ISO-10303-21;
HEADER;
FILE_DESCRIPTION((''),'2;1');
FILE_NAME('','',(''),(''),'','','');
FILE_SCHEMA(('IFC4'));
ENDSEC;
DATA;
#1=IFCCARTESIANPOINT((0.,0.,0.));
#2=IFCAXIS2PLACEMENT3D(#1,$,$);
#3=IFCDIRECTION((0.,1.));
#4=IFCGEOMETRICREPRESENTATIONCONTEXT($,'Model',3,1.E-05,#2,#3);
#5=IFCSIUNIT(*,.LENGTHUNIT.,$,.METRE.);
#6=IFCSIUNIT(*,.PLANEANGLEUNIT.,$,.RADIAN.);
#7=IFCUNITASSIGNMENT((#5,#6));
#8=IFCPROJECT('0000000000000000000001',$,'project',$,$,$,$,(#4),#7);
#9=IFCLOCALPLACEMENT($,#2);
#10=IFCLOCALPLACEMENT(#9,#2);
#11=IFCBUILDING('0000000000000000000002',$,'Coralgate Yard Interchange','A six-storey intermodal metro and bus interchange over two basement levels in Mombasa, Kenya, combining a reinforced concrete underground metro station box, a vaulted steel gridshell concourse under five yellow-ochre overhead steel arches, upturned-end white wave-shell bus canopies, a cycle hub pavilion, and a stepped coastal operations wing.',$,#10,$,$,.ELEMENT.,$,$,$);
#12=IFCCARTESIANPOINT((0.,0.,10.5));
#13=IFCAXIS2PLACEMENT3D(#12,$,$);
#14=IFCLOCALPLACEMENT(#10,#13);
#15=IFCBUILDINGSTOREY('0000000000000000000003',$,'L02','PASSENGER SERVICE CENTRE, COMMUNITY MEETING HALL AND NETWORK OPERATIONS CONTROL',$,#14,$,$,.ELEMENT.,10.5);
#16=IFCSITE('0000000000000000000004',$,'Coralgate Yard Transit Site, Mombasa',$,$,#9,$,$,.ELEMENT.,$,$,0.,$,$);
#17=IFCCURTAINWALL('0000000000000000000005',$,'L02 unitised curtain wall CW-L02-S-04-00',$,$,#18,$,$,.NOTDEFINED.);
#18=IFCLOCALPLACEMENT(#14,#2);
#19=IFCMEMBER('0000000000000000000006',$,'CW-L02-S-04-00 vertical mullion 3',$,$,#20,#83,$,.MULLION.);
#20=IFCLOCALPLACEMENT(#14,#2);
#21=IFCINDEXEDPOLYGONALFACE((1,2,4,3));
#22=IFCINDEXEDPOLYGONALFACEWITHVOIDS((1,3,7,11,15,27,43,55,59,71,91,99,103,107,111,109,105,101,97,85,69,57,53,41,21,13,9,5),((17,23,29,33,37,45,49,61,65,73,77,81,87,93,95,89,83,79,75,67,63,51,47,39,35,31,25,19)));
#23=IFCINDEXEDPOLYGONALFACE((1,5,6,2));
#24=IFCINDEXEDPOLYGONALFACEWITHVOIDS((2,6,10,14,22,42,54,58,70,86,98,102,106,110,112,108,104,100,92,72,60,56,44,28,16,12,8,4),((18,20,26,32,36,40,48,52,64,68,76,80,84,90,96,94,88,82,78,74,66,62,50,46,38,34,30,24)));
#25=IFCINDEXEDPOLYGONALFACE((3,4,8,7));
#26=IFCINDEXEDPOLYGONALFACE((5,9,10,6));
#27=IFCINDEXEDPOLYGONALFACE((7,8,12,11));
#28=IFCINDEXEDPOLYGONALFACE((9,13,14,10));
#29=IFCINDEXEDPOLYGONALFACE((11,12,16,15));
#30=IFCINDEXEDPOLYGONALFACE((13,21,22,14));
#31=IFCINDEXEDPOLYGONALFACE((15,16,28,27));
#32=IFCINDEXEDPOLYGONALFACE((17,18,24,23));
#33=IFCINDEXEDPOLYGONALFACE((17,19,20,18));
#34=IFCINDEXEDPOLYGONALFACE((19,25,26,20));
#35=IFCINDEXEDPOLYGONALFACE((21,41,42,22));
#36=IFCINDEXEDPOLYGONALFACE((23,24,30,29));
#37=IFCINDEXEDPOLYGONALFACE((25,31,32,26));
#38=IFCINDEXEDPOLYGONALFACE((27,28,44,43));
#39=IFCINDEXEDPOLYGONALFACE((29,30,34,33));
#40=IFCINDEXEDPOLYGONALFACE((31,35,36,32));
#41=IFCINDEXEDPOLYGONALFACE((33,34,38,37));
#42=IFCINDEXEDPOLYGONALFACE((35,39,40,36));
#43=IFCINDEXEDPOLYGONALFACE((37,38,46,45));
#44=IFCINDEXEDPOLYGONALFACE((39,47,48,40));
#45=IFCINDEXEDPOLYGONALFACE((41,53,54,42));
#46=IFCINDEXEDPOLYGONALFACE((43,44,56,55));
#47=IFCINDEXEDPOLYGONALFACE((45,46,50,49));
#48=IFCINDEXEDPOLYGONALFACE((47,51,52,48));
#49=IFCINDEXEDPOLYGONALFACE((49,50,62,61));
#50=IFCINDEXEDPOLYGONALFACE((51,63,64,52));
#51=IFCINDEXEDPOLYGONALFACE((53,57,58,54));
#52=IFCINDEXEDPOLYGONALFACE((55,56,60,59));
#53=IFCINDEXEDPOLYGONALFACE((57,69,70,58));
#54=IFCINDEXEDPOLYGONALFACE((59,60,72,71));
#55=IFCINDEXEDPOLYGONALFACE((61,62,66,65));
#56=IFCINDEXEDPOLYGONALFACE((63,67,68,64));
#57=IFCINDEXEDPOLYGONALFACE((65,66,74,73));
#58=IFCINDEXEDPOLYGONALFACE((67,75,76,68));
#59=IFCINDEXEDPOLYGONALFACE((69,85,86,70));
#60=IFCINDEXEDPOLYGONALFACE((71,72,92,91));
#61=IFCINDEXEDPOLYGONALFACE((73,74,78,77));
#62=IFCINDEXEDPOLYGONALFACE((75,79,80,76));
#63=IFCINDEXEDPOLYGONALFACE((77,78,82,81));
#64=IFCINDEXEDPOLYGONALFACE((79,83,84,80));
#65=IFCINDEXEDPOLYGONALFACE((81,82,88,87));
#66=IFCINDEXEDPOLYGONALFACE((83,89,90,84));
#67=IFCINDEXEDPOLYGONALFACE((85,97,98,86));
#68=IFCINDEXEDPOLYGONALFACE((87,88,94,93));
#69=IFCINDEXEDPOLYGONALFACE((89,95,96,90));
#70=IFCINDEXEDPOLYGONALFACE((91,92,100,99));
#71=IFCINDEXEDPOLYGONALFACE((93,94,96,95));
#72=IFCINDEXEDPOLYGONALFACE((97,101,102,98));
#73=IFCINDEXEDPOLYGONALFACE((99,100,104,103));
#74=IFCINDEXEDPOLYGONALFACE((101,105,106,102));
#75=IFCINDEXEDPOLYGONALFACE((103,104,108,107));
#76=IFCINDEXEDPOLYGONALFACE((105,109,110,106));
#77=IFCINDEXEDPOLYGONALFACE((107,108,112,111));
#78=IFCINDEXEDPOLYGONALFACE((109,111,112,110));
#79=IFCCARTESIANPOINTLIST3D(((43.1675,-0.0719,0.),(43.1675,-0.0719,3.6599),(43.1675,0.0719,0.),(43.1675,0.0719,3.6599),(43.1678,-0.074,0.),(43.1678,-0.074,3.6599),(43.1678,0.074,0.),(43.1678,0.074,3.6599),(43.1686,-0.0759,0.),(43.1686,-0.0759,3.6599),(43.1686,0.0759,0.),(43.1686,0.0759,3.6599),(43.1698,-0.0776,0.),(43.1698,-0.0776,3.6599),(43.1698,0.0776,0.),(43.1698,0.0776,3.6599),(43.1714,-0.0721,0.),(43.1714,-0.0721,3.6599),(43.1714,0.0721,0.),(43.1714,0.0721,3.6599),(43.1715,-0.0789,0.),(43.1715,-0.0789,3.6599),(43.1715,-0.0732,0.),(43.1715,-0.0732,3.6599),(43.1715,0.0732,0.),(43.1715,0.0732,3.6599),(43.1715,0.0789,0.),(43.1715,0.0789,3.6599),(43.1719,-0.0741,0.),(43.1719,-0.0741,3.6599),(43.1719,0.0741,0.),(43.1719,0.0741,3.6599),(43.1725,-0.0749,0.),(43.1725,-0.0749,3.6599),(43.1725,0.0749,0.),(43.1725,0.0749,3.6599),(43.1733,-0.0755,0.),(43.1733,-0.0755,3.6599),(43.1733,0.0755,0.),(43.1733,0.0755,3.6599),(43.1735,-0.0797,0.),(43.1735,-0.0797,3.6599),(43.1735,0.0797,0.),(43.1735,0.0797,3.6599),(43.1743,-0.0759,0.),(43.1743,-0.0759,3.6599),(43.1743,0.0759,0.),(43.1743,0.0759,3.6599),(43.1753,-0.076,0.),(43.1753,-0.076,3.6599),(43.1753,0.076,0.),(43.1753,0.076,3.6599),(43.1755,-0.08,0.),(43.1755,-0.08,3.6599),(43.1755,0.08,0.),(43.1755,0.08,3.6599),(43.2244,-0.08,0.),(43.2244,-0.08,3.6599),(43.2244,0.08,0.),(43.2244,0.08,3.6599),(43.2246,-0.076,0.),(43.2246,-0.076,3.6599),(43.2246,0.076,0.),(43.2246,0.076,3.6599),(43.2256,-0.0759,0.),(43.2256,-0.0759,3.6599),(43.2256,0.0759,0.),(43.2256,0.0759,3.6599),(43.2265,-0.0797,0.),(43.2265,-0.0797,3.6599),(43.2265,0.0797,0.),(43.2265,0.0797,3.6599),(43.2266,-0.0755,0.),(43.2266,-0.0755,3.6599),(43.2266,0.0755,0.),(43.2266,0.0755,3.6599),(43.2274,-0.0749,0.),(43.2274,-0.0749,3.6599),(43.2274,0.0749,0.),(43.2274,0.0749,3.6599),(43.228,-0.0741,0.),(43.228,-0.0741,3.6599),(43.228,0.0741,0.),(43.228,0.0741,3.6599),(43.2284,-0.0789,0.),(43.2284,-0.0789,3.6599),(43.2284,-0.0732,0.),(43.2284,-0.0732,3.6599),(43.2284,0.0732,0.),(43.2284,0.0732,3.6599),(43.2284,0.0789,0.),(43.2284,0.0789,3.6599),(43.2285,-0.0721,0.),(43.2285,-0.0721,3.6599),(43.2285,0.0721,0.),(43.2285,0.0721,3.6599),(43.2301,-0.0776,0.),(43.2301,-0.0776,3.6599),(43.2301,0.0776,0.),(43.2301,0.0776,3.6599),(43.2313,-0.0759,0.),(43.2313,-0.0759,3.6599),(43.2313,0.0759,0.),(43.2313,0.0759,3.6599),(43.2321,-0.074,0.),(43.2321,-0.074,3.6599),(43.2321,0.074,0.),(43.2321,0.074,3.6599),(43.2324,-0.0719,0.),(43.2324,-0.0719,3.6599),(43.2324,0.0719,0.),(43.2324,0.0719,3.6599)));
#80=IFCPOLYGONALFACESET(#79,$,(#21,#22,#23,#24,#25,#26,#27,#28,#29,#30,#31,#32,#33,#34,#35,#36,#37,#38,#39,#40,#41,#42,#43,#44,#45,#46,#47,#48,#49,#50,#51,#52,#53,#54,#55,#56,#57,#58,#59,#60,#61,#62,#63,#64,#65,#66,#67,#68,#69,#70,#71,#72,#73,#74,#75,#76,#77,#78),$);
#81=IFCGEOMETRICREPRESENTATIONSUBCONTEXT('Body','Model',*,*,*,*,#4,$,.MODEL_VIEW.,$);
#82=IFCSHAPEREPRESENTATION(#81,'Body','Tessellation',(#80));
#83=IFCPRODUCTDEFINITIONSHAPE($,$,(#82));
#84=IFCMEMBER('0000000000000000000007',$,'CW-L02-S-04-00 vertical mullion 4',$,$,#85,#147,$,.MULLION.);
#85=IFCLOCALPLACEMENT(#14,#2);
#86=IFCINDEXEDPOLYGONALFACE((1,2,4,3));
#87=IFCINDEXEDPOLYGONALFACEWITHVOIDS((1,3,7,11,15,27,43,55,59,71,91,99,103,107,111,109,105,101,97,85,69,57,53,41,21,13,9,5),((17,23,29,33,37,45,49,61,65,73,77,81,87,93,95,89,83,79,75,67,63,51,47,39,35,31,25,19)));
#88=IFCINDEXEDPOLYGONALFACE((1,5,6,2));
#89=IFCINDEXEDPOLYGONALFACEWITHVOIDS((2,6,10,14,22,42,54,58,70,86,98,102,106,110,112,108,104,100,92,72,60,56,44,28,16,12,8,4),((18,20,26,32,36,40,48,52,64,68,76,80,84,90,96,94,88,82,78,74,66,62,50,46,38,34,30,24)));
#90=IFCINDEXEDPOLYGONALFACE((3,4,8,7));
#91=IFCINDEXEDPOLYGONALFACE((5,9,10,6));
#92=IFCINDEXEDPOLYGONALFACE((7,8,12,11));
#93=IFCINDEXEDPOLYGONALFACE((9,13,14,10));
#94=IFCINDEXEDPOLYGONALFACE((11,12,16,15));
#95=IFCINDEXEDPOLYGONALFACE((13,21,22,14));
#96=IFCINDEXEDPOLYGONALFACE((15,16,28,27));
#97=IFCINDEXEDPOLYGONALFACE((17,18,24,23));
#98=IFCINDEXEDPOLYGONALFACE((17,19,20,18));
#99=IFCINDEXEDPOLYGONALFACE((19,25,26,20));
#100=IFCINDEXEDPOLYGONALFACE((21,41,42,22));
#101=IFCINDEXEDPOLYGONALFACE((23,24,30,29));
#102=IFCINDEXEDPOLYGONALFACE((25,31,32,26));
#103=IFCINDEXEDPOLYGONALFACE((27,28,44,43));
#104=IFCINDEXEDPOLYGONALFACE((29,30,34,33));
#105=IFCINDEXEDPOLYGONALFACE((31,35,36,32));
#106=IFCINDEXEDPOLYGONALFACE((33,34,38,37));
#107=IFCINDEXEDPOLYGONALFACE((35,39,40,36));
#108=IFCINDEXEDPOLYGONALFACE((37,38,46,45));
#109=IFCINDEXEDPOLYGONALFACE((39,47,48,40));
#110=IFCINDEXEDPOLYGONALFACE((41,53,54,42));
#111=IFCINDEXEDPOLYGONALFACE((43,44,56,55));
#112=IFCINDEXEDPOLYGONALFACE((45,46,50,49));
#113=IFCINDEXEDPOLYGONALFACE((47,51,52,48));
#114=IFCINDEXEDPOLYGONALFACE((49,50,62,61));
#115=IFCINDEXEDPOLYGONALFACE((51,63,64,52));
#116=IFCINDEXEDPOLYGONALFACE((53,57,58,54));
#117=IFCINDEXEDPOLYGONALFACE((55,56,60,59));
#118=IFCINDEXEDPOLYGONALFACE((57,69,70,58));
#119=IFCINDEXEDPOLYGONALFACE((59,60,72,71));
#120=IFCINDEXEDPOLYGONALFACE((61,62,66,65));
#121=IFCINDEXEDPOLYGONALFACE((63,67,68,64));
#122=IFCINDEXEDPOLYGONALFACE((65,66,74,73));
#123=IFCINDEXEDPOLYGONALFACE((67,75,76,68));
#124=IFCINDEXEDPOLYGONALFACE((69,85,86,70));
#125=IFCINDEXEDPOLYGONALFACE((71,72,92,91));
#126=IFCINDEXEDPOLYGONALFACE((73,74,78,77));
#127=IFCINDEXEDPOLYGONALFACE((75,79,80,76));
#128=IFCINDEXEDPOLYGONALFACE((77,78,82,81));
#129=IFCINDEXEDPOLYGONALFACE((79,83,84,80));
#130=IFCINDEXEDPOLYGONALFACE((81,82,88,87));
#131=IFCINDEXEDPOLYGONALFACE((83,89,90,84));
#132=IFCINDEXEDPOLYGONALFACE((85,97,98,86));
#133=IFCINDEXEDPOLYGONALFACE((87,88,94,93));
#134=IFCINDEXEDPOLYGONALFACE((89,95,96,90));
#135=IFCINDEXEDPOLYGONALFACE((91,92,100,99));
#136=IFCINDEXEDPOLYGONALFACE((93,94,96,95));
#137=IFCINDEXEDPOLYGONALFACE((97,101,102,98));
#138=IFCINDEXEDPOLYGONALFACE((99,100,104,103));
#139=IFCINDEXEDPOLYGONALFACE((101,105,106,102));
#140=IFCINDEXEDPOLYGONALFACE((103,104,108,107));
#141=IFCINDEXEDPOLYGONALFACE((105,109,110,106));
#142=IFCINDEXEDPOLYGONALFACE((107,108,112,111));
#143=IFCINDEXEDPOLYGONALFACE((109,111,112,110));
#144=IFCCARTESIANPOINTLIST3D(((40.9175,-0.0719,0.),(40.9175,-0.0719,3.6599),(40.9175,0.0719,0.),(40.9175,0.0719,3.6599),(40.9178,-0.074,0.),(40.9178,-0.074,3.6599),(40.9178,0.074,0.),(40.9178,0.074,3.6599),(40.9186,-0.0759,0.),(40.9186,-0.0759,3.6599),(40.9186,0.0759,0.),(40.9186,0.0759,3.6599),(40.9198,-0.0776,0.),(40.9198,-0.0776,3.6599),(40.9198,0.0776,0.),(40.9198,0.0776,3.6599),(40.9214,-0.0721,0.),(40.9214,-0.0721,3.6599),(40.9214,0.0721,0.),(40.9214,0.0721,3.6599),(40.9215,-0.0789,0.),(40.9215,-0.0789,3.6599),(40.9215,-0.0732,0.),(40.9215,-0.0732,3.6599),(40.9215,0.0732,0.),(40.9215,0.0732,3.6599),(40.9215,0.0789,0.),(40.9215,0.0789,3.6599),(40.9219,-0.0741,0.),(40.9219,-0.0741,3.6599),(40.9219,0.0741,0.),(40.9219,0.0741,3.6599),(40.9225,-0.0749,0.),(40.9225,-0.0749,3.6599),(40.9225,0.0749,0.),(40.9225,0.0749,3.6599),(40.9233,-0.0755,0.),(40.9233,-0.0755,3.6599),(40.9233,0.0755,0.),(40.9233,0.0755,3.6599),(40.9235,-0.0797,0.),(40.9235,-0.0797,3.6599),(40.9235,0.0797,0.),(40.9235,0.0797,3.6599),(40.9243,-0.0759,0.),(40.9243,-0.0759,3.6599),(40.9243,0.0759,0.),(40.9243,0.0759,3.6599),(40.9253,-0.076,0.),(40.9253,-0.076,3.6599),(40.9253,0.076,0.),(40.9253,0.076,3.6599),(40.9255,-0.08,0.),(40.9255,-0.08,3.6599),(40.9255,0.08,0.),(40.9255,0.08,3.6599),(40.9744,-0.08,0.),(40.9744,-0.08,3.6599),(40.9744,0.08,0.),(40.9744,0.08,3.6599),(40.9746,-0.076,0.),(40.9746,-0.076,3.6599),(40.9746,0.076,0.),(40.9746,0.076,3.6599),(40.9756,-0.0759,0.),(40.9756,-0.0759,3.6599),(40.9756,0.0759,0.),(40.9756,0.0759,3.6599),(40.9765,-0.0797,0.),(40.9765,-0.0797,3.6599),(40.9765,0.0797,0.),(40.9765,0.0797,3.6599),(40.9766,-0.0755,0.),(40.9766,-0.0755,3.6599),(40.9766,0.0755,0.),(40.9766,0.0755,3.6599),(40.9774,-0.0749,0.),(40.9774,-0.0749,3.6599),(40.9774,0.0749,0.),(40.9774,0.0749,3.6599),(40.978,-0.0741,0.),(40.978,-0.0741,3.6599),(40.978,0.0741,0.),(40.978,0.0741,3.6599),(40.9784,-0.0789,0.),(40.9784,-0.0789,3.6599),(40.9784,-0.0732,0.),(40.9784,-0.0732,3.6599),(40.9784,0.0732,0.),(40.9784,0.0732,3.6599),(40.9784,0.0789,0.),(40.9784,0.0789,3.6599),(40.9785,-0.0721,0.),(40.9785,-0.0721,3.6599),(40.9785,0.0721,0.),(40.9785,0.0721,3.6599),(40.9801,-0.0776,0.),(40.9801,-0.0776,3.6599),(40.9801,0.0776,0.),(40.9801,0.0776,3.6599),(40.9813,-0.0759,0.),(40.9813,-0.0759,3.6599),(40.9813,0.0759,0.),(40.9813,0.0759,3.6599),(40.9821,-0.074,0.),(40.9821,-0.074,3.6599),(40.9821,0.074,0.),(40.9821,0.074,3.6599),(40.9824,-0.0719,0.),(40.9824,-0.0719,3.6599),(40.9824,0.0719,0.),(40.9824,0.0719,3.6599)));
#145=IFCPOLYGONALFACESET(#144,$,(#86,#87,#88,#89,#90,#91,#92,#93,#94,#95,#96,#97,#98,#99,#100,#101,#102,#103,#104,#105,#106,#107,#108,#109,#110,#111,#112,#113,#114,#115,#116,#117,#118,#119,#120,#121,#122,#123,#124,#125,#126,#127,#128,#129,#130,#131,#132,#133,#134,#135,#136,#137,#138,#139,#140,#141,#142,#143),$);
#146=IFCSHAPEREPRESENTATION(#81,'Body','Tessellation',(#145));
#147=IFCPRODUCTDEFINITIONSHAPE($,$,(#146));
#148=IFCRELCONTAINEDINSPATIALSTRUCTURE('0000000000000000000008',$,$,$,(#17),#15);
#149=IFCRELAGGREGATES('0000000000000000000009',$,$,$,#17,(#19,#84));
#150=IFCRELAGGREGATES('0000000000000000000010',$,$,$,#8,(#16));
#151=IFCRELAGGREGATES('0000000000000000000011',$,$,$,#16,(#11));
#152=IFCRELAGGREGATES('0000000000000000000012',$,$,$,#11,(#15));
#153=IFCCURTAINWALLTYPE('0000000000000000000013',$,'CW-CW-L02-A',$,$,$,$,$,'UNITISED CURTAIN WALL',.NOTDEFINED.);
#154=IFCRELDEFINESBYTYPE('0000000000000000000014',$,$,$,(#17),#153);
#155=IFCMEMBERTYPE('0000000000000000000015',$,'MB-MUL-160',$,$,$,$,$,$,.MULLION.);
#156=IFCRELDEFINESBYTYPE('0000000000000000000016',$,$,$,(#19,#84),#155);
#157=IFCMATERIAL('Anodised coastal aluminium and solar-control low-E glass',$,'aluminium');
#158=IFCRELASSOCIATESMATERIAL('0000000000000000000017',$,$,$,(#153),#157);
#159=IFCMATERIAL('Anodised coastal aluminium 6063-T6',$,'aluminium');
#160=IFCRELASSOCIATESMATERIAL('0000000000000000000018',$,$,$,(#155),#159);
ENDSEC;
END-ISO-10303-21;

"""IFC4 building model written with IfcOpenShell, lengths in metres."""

from ifc_helpers import new_model, si_unit, direction, frame, origin, origin_2d, place, context, subcontext, project, spatial, hollow_rectangle, extrude, material, material_profile, profile_set, type_object, element, aggregate, save


model = new_model("IFC4")

# Units and contexts
model_context = context("Model", 3, precision=1e-05, world=origin(), true_north=direction((0.0, 1.0)))
body_context = subcontext(model_context, "Body", "Model", "MODEL_VIEW")
ifc_project = project(units=[si_unit("LENGTHUNIT", "METRE"), si_unit("PLANEANGLEUNIT", "RADIAN")], contexts=[model_context])

# Site, building, storey
site_placement = place(None, origin())
site = spatial("IfcSite", under=ifc_project, at=site_placement, Name="Coralgate Yard Transit Site, Mombasa", CompositionType="ELEMENT", RefElevation=0.0)
building_placement = place(site_placement, origin())
building = spatial("IfcBuilding", under=site, at=building_placement, Name="Coralgate Yard Interchange", Description="A six-storey intermodal metro and bus interchange over two basement levels in Mombasa, Kenya, combining a reinforced concrete underground metro station box, a vaulted steel gridshell concourse under five yellow-ochre overhead steel arches, upturned-end white wave-shell bus canopies, a cycle hub pavilion, and a stepped coastal operations wing.", CompositionType="ELEMENT")
storey_placement = place(building_placement, frame((0.0, 0.0, 10.5)))
storey = spatial("IfcBuildingStorey", under=building, at=storey_placement, Name="L02", Description="PASSENGER SERVICE CENTRE, COMMUNITY MEETING HALL AND NETWORK OPERATIONS CONTROL", CompositionType="ELEMENT", Elevation=10.5)

# Shared definitions
ifc_material_1 = material(Name="Anodised coastal aluminium and solar-control low-E glass", Category="aluminium")
curtain_wall_type = type_object("IfcCurtainWallType", Name="CW-CW-L02-A", ElementType="UNITISED CURTAIN WALL", PredefinedType="NOTDEFINED", material=ifc_material_1)
ifc_material_2 = material(Name="Anodised coastal aluminium 6063-T6", Category="aluminium")
ifc_material_profile_1 = material_profile(ifc_material_2, hollow_rectangle(XDim=0.0649, YDim=0.1599, WallThickness=0.0039, InnerFilletRadius=0.0039, OuterFilletRadius=0.0081, at=origin_2d()), Name="ALU 65x160x4")
ifc_profile_set_1 = profile_set([ifc_material_profile_1], Name="Anodised coastal aluminium 6063-T6")
member_type_1 = type_object("IfcMemberType", Name="MB-MUL-160", PredefinedType="MULLION", material=ifc_profile_set_1)

# Curtain wall, members
curtain_wall_1_placement = place(storey_placement, origin())
curtain_wall_1 = element("IfcCurtainWall", 1, at=curtain_wall_1_placement, inside=storey, type_object=curtain_wall_type, Name="L02 unitised curtain wall CW-L02-S-04-00", PredefinedType="NOTDEFINED")
member_1_placement = place(storey_placement, frame((43.2, 0.0, 0.0), z_axis=(0.0, 0.0, 1.0), x_axis=(1.0, 0.0, 0.0)))
member_1 = element("IfcMember", 2, at=member_1_placement, type_object=member_type_1, Name="CW-L02-S-04-00 vertical mullion 3", PredefinedType="MULLION", context=body_context, shape_type="SweptSolid", body=[
    extrude(hollow_rectangle(XDim=0.0649, YDim=0.1599, WallThickness=0.0039, InnerFilletRadius=0.0039, OuterFilletRadius=0.0081, at=origin_2d()), origin(), (0.0, 0.0, 1.0), 3.6599),
])
member_2_placement = place(storey_placement, frame((40.95, 0.0, 0.0), z_axis=(0.0, 0.0, 1.0), x_axis=(1.0, 0.0, 0.0)))
member_2 = element("IfcMember", 3, at=member_2_placement, type_object=member_type_1, Name="CW-L02-S-04-00 vertical mullion 4", PredefinedType="MULLION", context=body_context, shape_type="SweptSolid", body=[
    extrude(hollow_rectangle(XDim=0.0649, YDim=0.1599, WallThickness=0.0039, InnerFilletRadius=0.0039, OuterFilletRadius=0.0081, at=origin_2d()), origin(), (0.0, 0.0, 1.0), 3.6599),
])

aggregate(curtain_wall_1, [member_1, member_2])

save(model, "model.ifc")
